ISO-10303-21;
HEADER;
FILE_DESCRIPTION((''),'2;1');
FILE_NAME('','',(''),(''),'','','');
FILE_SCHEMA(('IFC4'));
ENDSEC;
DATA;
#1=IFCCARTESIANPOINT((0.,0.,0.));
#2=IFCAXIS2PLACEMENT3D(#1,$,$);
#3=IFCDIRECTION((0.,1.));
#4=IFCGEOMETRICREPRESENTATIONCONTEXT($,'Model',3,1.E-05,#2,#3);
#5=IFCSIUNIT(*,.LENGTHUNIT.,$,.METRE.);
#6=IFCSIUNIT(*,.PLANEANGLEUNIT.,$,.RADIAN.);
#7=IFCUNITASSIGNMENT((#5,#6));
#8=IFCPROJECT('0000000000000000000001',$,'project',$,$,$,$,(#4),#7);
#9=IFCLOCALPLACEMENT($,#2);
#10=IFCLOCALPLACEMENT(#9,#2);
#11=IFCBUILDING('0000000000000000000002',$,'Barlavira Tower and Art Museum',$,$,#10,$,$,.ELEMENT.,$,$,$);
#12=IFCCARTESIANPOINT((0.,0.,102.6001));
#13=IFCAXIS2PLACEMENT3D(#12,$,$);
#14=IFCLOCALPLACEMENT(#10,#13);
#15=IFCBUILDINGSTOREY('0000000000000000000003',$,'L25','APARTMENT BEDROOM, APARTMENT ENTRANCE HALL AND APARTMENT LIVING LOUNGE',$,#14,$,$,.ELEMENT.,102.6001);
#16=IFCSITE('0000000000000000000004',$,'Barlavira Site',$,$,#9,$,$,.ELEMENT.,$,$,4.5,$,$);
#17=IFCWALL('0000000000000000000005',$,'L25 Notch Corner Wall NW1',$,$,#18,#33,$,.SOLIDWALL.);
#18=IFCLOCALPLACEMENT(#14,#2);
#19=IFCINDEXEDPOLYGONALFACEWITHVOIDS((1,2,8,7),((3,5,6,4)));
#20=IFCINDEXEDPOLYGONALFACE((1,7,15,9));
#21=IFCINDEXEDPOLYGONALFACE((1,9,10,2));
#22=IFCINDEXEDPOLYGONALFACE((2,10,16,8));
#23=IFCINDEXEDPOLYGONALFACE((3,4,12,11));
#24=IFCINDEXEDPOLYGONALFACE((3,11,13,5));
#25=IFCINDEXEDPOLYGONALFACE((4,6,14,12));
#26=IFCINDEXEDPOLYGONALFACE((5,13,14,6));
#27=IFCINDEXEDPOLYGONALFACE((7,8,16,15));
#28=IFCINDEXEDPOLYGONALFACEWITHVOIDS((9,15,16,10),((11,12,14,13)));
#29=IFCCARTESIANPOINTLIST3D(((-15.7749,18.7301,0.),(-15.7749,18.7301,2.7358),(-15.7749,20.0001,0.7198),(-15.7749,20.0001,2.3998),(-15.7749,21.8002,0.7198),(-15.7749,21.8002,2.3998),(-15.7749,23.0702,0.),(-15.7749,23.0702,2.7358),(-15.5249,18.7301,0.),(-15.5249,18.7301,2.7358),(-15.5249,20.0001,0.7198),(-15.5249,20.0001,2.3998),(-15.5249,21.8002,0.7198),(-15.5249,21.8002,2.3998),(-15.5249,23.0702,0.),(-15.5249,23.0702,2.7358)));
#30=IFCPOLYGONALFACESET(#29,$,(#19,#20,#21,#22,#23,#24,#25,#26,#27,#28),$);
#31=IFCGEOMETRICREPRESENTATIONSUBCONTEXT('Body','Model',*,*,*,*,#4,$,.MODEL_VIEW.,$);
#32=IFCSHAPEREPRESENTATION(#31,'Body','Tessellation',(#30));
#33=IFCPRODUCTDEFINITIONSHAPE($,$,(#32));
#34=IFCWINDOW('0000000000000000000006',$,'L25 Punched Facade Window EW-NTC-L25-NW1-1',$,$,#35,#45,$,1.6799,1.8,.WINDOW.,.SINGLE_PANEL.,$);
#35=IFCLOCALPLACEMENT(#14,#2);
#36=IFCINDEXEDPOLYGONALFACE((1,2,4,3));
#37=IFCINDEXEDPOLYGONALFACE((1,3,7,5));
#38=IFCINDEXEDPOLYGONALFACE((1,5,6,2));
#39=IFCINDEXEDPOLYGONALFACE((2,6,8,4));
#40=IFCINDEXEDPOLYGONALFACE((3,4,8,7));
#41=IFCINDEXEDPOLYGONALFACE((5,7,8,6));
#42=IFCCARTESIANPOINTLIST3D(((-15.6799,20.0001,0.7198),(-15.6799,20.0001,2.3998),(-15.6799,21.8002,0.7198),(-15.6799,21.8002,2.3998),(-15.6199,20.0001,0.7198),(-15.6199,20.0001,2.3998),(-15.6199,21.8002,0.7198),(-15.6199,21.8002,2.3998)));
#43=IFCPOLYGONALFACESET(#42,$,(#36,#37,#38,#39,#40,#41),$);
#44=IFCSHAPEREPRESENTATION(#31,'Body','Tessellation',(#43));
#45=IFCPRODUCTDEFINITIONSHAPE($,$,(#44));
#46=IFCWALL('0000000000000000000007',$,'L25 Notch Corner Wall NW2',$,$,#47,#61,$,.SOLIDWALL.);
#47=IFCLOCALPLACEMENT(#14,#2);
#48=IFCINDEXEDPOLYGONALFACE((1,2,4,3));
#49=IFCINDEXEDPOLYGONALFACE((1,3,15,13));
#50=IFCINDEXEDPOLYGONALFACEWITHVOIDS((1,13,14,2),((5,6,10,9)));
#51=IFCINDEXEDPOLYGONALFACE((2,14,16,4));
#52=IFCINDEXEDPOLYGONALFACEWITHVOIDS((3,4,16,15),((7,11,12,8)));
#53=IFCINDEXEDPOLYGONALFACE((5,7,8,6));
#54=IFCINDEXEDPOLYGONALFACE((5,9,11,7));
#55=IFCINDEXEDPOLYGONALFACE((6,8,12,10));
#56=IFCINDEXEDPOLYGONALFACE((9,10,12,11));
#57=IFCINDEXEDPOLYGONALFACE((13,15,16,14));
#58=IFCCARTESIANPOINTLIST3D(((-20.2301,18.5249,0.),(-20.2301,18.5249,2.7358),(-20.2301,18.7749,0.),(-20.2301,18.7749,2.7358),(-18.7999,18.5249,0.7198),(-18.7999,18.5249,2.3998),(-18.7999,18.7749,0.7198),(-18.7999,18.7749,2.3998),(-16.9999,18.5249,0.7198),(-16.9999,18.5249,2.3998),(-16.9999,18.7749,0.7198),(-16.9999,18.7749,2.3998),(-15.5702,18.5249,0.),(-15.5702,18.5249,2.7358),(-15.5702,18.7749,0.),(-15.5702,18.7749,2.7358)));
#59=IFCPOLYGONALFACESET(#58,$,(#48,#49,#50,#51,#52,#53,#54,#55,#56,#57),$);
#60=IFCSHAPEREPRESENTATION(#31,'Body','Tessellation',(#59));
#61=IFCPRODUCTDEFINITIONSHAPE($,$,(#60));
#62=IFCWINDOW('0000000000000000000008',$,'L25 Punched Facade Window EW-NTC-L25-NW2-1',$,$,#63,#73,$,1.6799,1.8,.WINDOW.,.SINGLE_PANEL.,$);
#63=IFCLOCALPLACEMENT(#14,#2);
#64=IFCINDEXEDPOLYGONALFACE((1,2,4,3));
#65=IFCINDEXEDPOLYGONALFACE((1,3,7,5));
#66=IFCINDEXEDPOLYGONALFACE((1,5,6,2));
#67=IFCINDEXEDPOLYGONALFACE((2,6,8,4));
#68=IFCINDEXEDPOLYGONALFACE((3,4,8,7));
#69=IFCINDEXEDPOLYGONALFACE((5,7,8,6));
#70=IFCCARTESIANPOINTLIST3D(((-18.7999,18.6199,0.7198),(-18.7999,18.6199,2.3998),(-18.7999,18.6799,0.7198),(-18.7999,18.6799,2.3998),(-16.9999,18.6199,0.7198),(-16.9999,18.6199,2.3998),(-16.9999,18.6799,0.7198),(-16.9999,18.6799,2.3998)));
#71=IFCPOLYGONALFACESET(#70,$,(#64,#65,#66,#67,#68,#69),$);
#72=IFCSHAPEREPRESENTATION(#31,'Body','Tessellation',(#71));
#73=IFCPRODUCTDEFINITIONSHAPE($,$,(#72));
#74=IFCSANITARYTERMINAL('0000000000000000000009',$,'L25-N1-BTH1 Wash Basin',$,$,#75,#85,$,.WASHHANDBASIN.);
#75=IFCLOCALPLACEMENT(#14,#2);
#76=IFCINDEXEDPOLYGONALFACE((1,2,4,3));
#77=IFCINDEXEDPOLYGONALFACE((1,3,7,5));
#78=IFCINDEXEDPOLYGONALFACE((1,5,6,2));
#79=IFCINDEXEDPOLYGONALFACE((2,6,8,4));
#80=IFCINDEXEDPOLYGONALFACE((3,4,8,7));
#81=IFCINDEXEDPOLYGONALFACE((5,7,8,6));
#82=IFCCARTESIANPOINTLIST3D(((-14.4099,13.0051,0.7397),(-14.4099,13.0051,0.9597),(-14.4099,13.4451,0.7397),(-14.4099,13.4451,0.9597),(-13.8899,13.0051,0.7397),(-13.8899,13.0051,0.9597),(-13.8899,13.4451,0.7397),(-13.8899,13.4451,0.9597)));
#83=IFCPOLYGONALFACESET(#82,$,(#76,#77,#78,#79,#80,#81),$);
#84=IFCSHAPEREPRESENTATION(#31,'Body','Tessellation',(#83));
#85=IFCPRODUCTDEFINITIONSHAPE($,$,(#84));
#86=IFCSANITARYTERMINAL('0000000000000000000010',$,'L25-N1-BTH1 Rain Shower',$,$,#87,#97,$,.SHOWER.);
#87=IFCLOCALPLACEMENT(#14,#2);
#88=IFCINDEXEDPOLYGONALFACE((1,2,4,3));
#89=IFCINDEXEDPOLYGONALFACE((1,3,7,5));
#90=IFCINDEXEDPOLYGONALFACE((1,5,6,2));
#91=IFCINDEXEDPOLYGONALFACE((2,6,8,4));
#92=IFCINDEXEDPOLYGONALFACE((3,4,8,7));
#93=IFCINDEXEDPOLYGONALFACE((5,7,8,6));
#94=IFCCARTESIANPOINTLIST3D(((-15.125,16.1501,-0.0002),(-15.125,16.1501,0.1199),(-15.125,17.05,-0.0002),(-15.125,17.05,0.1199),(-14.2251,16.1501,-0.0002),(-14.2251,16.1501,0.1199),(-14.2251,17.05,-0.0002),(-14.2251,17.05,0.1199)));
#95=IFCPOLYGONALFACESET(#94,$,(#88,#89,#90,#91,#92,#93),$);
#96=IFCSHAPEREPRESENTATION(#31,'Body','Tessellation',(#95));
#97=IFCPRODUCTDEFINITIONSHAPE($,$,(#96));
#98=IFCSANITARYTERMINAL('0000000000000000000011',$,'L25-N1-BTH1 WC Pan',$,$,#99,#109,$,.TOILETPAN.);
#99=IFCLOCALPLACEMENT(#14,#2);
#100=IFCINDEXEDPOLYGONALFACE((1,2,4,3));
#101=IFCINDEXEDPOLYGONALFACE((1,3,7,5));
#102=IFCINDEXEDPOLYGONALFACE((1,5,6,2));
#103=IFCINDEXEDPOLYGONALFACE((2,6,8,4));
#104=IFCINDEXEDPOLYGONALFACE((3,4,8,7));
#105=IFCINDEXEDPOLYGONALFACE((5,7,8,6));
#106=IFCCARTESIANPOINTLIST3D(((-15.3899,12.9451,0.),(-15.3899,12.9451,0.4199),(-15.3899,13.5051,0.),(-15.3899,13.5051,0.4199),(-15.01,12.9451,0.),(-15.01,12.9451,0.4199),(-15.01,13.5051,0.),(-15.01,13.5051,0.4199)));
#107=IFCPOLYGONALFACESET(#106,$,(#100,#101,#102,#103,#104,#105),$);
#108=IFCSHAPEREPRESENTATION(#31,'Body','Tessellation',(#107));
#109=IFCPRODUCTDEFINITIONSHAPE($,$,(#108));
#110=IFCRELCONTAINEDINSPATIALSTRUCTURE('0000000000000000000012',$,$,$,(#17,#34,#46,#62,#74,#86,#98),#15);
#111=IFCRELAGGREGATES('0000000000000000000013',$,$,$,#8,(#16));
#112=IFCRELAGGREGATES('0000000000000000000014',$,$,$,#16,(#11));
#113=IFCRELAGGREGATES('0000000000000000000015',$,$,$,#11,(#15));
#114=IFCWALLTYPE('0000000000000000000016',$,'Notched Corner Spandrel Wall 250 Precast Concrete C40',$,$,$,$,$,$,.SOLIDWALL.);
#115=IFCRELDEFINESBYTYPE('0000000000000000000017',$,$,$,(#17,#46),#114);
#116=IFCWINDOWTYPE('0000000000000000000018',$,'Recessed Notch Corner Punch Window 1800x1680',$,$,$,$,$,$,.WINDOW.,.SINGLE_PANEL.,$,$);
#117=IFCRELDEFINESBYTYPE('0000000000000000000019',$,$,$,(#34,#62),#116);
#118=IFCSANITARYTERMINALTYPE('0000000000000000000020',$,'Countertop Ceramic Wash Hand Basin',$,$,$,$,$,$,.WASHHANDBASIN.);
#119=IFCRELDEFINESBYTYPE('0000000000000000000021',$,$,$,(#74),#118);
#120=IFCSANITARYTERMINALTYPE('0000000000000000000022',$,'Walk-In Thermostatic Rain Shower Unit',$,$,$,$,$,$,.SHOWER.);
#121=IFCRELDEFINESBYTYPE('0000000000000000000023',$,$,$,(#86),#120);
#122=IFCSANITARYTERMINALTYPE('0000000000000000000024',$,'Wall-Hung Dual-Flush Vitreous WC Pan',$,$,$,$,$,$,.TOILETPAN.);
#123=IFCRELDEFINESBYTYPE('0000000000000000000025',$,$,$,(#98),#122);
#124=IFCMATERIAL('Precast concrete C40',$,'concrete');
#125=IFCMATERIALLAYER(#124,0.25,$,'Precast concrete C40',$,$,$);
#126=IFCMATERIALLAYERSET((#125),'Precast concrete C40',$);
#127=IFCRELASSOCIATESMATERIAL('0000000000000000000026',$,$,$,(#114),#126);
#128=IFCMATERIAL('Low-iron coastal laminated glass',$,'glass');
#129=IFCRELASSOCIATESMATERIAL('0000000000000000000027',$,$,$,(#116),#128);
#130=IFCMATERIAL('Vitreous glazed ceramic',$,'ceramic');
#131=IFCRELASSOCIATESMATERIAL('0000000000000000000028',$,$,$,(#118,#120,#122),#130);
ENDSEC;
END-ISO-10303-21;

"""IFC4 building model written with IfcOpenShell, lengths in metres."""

from ifc_helpers import new_model, si_unit, direction, frame, frame_2d, origin, origin_2d, place, context, subcontext, project, spatial, rectangle, extrude, material, layer, layer_set, type_object, element, fill, save


model = new_model("IFC4")

# Units and contexts
model_context = context("Model", 3, precision=1e-05, world=origin(), true_north=direction((0.0, 1.0)))
body_context = subcontext(model_context, "Body", "Model", "MODEL_VIEW")
ifc_project = project(units=[si_unit("LENGTHUNIT", "METRE"), si_unit("PLANEANGLEUNIT", "RADIAN")], contexts=[model_context])

# Site, building, storey
site_placement = place(None, origin())
site = spatial("IfcSite", under=ifc_project, at=site_placement, Name="Barlavira Site", CompositionType="ELEMENT", RefElevation=4.5)
building_placement = place(site_placement, origin())
building = spatial("IfcBuilding", under=site, at=building_placement, Name="Barlavira Tower and Art Museum", CompositionType="ELEMENT")
storey_placement = place(building_placement, frame((0.0, 0.0, 102.6001)))
storey = spatial("IfcBuildingStorey", under=building, at=storey_placement, Name="L25", Description="APARTMENT BEDROOM, APARTMENT ENTRANCE HALL AND APARTMENT LIVING LOUNGE", CompositionType="ELEMENT", Elevation=102.6001)

# Walls, openings, windows
ifc_material_1 = material(Name="Precast concrete C40", Category="concrete")
ifc_layer_1 = layer(ifc_material_1, 0.25, Name="Precast concrete C40")
ifc_layer_set_1 = layer_set([ifc_layer_1], Name="Precast concrete C40")
wall_type_1 = type_object("IfcWallType", Name="Notched Corner Spandrel Wall 250 Precast Concrete C40", PredefinedType="SOLIDWALL", material=ifc_layer_set_1)
ifc_material_2 = material(Name="Low-iron coastal laminated glass", Category="glass")
window_type = type_object("IfcWindowType", Name="Recessed Notch Corner Punch Window 1800x1680", PartitioningType="SINGLE_PANEL", PredefinedType="WINDOW", material=ifc_material_2)
wall_1_placement = place(storey_placement, frame((-15.6499, 23.0701, 0.0), z_axis=(0.0, 0.0, 1.0), x_axis=(0.0, -1.0, 0.0)))
wall_1 = element("IfcWall", 1, at=wall_1_placement, inside=storey, type_object=wall_type_1, Name="L25 Notch Corner Wall NW1", PredefinedType="SOLIDWALL", context=body_context, shape_type="SweptSolid", body=[
    extrude(rectangle(XDim=4.3401, YDim=0.25, at=frame_2d((2.1699, 0.0))), origin(), (0.0, 0.0, 1.0), 2.7358),
])
opening_1_placement = place(wall_1_placement, frame((1.27, 0.0, 0.72)))
opening_1 = element("IfcOpeningElement", 2, at=opening_1_placement, cuts=wall_1, PredefinedType="OPENING", context=body_context, shape_type="SweptSolid", body=[
    extrude(rectangle(XDim=1.8, YDim=1.6799, at=frame_2d((0.8999, 0.8398))), frame((0.0, 0.135, 0.0), z_axis=(0.0, -1.0, 0.0), x_axis=(1.0, 0.0, 0.0)), (0.0, 0.0, 1.0), 0.27),
])
window_1_placement = place(opening_1_placement, origin())
window_1 = element("IfcWindow", 3, at=window_1_placement, inside=storey, type_object=window_type, Name="L25 Punched Facade Window EW-NTC-L25-NW1-1", OverallHeight=1.6799, OverallWidth=1.8, PartitioningType="SINGLE_PANEL", PredefinedType="WINDOW", context=body_context, shape_type="SweptSolid", body=[
    extrude(rectangle(XDim=1.8, YDim=1.6799, at=frame_2d((0.8999, 0.8398))), frame((0.0, 0.03, 0.0), z_axis=(0.0, -1.0, 0.0), x_axis=(1.0, 0.0, 0.0)), (0.0, 0.0, 1.0), 0.0601),
])
fill(opening_1, window_1)
wall_2_placement = place(storey_placement, frame((-15.5701, 18.6499, 0.0), z_axis=(0.0, 0.0, 1.0), x_axis=(-1.0, 0.0, 0.0)))
wall_2 = element("IfcWall", 4, at=wall_2_placement, inside=storey, type_object=wall_type_1, Name="L25 Notch Corner Wall NW2", PredefinedType="SOLIDWALL", context=body_context, shape_type="SweptSolid", body=[
    extrude(rectangle(XDim=4.6599, YDim=0.25, at=frame_2d((2.3301, 0.0))), origin(), (0.0, 0.0, 1.0), 2.7358),
])
opening_2_placement = place(wall_2_placement, frame((1.4299, 0.0, 0.72)))
opening_2 = element("IfcOpeningElement", 5, at=opening_2_placement, cuts=wall_2, PredefinedType="OPENING", context=body_context, shape_type="SweptSolid", body=[
    extrude(rectangle(XDim=1.8, YDim=1.6799, at=frame_2d((0.8999, 0.8398))), frame((0.0, 0.135, 0.0), z_axis=(0.0, -1.0, 0.0), x_axis=(1.0, 0.0, 0.0)), (0.0, 0.0, 1.0), 0.27),
])
window_2_placement = place(opening_2_placement, origin())
window_2 = element("IfcWindow", 6, at=window_2_placement, inside=storey, type_object=window_type, Name="L25 Punched Facade Window EW-NTC-L25-NW2-1", OverallHeight=1.6799, OverallWidth=1.8, PartitioningType="SINGLE_PANEL", PredefinedType="WINDOW", context=body_context, shape_type="SweptSolid", body=[
    extrude(rectangle(XDim=1.8, YDim=1.6799, at=frame_2d((0.8999, 0.8398))), frame((0.0, 0.03, 0.0), z_axis=(0.0, -1.0, 0.0), x_axis=(1.0, 0.0, 0.0)), (0.0, 0.0, 1.0), 0.0601),
])
fill(opening_2, window_2)

# Sanitary terminals
ifc_material_3 = material(Name="Vitreous glazed ceramic", Category="ceramic")
sanitary_terminal_type_1 = type_object("IfcSanitaryTerminalType", Name="Countertop Ceramic Wash Hand Basin", PredefinedType="WASHHANDBASIN", material=ifc_material_3)
sanitary_terminal_1_placement = place(storey_placement, frame((-14.1499, 13.2251, 0.7397), z_axis=(0.0, 0.0, 1.0), x_axis=(1.0, 0.0, 0.0)))
element("IfcSanitaryTerminal", 7, at=sanitary_terminal_1_placement, inside=storey, type_object=sanitary_terminal_type_1, Name="L25-N1-BTH1 Wash Basin", PredefinedType="WASHHANDBASIN", context=body_context, shape_type="SweptSolid", body=[
    extrude(rectangle(XDim=0.52, YDim=0.4399, at=origin_2d()), origin(), (0.0, 0.0, 1.0), 0.22),
])
sanitary_terminal_type_2 = type_object("IfcSanitaryTerminalType", Name="Walk-In Thermostatic Rain Shower Unit", PredefinedType="SHOWER", material=ifc_material_3)
sanitary_terminal_2_placement = place(storey_placement, frame((-14.675, 16.6001, -0.0002), z_axis=(0.0, 0.0, 1.0), x_axis=(1.0, 0.0, 0.0)))
element("IfcSanitaryTerminal", 8, at=sanitary_terminal_2_placement, inside=storey, type_object=sanitary_terminal_type_2, Name="L25-N1-BTH1 Rain Shower", PredefinedType="SHOWER", context=body_context, shape_type="SweptSolid", body=[
    extrude(rectangle(XDim=0.8999, YDim=0.8999, at=origin_2d()), origin(), (0.0, 0.0, 1.0), 0.1201),
])
sanitary_terminal_type_3 = type_object("IfcSanitaryTerminalType", Name="Wall-Hung Dual-Flush Vitreous WC Pan", PredefinedType="TOILETPAN", material=ifc_material_3)
sanitary_terminal_3_placement = place(storey_placement, frame((-15.2, 13.2251, 0.0), z_axis=(0.0, 0.0, 1.0), x_axis=(1.0, 0.0, 0.0)))
element("IfcSanitaryTerminal", 9, at=sanitary_terminal_3_placement, inside=storey, type_object=sanitary_terminal_type_3, Name="L25-N1-BTH1 WC Pan", PredefinedType="TOILETPAN", context=body_context, shape_type="SweptSolid", body=[
    extrude(rectangle(XDim=0.3799, YDim=0.5601, at=origin_2d()), origin(), (0.0, 0.0, 1.0), 0.4199),
])

save(model, "model.ifc")
